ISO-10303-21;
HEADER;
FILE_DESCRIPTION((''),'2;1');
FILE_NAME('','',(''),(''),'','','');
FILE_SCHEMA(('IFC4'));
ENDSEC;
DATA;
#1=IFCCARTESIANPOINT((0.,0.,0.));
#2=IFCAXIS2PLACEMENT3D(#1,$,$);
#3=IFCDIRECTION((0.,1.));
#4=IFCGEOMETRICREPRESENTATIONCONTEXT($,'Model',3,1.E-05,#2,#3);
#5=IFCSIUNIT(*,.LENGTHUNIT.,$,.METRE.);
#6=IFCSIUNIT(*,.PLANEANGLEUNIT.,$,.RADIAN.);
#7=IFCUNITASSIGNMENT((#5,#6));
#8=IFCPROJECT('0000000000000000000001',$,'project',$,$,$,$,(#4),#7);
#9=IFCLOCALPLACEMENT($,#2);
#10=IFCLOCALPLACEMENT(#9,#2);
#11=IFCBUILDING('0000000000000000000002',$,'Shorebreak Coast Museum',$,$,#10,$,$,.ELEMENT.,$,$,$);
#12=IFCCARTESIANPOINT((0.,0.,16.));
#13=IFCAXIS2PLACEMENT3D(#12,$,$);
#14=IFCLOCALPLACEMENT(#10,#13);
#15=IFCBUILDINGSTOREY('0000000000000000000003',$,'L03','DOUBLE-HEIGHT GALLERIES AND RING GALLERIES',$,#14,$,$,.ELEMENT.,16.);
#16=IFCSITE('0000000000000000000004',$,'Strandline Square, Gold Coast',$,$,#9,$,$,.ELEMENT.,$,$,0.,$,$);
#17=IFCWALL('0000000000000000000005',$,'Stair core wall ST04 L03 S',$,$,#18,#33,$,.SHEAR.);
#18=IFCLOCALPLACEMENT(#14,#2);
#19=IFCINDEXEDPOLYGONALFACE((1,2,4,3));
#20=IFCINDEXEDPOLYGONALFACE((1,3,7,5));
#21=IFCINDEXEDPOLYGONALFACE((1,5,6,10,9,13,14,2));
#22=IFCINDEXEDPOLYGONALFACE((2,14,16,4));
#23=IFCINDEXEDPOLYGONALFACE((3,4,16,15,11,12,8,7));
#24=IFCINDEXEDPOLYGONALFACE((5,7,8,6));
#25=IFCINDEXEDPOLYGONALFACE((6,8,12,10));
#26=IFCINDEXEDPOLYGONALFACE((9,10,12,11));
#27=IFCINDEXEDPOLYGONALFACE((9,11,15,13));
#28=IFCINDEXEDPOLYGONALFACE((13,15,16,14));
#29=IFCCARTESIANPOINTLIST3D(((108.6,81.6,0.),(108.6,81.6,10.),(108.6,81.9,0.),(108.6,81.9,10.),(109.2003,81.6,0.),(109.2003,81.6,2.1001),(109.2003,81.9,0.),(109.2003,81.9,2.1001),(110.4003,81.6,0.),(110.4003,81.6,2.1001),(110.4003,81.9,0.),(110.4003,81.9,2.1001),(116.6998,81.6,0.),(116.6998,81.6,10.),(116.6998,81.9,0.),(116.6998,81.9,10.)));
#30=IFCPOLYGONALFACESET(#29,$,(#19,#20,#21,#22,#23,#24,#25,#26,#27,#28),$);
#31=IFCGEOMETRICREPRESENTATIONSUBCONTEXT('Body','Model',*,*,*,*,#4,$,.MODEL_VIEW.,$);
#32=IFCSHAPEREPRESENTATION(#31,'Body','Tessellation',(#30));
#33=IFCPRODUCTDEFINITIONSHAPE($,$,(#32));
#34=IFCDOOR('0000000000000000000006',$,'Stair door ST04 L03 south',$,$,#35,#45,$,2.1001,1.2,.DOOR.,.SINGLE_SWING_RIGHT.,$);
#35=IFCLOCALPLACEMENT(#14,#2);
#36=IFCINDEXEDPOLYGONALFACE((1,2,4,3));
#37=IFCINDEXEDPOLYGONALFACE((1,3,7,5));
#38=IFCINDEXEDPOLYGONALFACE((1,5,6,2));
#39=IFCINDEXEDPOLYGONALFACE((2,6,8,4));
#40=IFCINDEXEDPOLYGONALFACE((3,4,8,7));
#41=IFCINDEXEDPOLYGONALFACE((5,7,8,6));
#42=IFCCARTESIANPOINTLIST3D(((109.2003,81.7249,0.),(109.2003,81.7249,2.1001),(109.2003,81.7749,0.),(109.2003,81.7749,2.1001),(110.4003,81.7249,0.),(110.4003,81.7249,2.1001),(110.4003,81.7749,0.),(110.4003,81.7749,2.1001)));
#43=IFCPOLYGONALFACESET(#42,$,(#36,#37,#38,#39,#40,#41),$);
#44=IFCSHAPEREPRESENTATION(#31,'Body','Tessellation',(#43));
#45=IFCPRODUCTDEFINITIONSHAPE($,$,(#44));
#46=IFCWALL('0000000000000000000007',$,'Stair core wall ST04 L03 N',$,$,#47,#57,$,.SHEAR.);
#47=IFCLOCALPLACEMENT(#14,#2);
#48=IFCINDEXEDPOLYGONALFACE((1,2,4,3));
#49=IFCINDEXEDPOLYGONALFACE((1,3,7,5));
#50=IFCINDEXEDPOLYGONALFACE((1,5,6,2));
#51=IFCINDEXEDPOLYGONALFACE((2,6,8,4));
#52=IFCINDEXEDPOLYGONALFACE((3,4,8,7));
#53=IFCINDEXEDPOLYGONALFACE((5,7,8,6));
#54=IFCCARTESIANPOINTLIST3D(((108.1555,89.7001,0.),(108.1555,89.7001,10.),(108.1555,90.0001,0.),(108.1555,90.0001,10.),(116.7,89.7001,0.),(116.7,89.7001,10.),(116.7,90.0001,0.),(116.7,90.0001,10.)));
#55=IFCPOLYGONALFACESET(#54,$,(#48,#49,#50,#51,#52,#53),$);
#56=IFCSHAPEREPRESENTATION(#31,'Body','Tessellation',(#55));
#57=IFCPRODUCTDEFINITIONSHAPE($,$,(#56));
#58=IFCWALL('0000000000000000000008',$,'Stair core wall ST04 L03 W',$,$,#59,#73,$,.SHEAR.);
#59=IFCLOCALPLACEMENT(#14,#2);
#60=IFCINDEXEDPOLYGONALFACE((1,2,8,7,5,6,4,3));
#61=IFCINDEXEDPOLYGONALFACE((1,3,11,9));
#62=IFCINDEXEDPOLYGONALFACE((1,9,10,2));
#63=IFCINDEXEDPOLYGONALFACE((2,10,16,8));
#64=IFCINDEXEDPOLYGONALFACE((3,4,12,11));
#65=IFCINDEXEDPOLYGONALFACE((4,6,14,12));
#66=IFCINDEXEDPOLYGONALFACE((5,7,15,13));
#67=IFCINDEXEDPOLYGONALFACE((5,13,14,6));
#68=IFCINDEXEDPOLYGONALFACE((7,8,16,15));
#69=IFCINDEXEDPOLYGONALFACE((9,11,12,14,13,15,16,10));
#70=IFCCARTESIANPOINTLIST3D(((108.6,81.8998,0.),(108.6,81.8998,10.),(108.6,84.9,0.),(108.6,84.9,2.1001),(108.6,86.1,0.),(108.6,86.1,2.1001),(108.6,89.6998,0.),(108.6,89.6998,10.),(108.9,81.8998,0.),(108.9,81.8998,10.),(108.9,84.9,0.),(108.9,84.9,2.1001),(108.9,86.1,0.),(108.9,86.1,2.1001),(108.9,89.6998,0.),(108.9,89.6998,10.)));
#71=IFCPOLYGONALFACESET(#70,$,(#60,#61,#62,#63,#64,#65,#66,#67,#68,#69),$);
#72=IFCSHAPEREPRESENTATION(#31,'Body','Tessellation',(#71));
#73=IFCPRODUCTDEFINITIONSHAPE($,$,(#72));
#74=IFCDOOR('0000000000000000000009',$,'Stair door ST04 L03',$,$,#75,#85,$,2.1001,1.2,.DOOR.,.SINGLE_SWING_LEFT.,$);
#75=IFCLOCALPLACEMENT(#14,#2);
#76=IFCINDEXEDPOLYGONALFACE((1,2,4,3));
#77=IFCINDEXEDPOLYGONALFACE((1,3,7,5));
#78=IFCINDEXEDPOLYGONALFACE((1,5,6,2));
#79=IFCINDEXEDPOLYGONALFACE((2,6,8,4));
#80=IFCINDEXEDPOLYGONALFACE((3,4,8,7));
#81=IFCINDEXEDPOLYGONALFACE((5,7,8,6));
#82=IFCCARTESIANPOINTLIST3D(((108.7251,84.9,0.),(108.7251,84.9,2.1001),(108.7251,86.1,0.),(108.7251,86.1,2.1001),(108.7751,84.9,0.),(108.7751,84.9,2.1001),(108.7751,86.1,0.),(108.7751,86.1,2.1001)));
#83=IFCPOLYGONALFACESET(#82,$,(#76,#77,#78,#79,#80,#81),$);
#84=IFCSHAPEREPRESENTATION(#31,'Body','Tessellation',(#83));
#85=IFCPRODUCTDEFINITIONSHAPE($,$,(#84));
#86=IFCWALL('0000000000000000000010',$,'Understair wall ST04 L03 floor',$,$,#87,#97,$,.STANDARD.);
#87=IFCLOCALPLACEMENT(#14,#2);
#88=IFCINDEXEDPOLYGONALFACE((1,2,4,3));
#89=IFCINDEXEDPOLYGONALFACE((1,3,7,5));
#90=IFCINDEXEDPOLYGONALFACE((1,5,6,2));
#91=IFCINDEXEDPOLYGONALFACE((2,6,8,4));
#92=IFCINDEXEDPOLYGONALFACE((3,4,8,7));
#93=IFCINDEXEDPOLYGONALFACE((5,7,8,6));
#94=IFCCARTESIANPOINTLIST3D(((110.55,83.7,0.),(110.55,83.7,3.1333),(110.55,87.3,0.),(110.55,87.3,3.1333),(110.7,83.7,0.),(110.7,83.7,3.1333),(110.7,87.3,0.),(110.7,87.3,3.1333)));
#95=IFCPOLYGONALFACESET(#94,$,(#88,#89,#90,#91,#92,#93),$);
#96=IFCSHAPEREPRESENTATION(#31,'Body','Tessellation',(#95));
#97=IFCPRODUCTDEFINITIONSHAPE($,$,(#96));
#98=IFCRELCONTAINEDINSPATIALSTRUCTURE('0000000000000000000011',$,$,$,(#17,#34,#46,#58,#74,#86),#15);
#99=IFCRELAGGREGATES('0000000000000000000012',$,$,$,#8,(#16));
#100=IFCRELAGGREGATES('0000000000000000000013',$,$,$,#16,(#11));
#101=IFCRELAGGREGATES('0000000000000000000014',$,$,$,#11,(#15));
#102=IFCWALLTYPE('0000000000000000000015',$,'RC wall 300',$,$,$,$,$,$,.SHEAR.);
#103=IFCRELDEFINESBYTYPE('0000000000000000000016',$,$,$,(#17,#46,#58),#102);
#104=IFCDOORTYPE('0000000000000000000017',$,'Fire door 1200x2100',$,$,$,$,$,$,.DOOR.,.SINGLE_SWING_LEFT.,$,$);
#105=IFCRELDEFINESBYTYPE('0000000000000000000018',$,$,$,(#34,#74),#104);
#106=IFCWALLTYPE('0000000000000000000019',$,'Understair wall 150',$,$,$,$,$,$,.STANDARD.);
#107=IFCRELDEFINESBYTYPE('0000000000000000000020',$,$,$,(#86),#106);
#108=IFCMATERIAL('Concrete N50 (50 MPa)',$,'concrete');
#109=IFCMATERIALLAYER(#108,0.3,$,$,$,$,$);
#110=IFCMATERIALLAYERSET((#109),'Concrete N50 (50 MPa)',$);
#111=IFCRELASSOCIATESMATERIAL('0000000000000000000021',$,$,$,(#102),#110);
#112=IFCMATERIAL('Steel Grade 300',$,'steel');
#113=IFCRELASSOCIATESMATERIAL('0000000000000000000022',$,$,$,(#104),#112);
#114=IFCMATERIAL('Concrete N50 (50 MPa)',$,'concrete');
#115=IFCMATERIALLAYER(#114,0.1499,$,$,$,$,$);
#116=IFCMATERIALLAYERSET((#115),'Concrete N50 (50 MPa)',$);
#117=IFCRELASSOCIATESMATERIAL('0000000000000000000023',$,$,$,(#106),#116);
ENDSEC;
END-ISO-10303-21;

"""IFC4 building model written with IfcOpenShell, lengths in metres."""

from ifc_helpers import new_model, si_unit, direction, frame, frame_2d, origin, place, context, subcontext, project, spatial, rectangle, extrude, material, layer, layer_set, type_object, element, fill, save


model = new_model("IFC4")

# Units and contexts
model_context = context("Model", 3, precision=1e-05, world=origin(), true_north=direction((0.0, 1.0)))
body_context = subcontext(model_context, "Body", "Model", "MODEL_VIEW")
ifc_project = project(units=[si_unit("LENGTHUNIT", "METRE"), si_unit("PLANEANGLEUNIT", "RADIAN")], contexts=[model_context])

# Site, building, storey
site_placement = place(None, origin())
site = spatial("IfcSite", under=ifc_project, at=site_placement, Name="Strandline Square, Gold Coast", CompositionType="ELEMENT", RefElevation=0.0)
building_placement = place(site_placement, origin())
building = spatial("IfcBuilding", under=site, at=building_placement, Name="Shorebreak Coast Museum", CompositionType="ELEMENT")
storey_placement = place(building_placement, frame((0.0, 0.0, 16.0)))
storey = spatial("IfcBuildingStorey", under=building, at=storey_placement, Name="L03", Description="DOUBLE-HEIGHT GALLERIES AND RING GALLERIES", CompositionType="ELEMENT", Elevation=16.0)

# Wall, opening, door
ifc_material_1 = material(Name="Concrete N50 (50 MPa)", Category="concrete")
ifc_layer_1 = layer(ifc_material_1, 0.3)
ifc_layer_set_1 = layer_set([ifc_layer_1], Name="Concrete N50 (50 MPa)")
wall_type_1 = type_object("IfcWallType", Name="RC wall 300", PredefinedType="SHEAR", material=ifc_layer_set_1)
wall_1_placement = place(storey_placement, frame((108.6001, 81.75, 0.0), z_axis=(0.0, 0.0, 1.0), x_axis=(1.0, 0.0, 0.0)))
wall_1 = element("IfcWall", 1, at=wall_1_placement, inside=storey, type_object=wall_type_1, Name="Stair core wall ST04 L03 S", PredefinedType="SHEAR", context=body_context, shape_type="SweptSolid", body=[
    extrude(rectangle(XDim=8.0999, YDim=0.3, at=frame_2d((4.0498, 0.0))), origin(), (0.0, 0.0, 1.0), 10.0),
])
opening_1_placement = place(wall_1_placement, frame((0.6001, 0.0, 0.0)))
opening_1 = element("IfcOpeningElement", 2, at=opening_1_placement, cuts=wall_1, PredefinedType="OPENING", context=body_context, shape_type="SweptSolid", body=[
    extrude(rectangle(XDim=1.2, YDim=2.1001, at=frame_2d((0.6001, 1.05))), frame((0.0, 0.1599, 0.0), z_axis=(0.0, -1.0, 0.0), x_axis=(1.0, 0.0, 0.0)), (0.0, 0.0, 1.0), 0.3201),
])
ifc_material_2 = material(Name="Steel Grade 300", Category="steel")
door_type_1 = type_object("IfcDoorType", Name="Fire door 1200x2100", OperationType="SINGLE_SWING_LEFT", PredefinedType="DOOR", material=ifc_material_2)
door_1_placement = place(opening_1_placement, origin())
door_1 = element("IfcDoor", 3, at=door_1_placement, inside=storey, type_object=door_type_1, Name="Stair door ST04 L03 south", OperationType="SINGLE_SWING_RIGHT", OverallHeight=2.1001, OverallWidth=1.2, PredefinedType="DOOR", context=body_context, shape_type="SweptSolid", body=[
    extrude(rectangle(XDim=1.2, YDim=2.1001, at=frame_2d((0.6001, 1.05))), frame((0.0, 0.0249, 0.0), z_axis=(0.0, -1.0, 0.0), x_axis=(1.0, 0.0, 0.0)), (0.0, 0.0, 1.0), 0.05),
])
fill(opening_1, door_1)

# Wall
wall_2_placement = place(storey_placement, frame((108.1555, 89.8501, 0.0), z_axis=(0.0, 0.0, 1.0), x_axis=(1.0, 0.0, 0.0)))
element("IfcWall", 4, at=wall_2_placement, inside=storey, type_object=wall_type_1, Name="Stair core wall ST04 L03 N", PredefinedType="SHEAR", context=body_context, shape_type="SweptSolid", body=[
    extrude(rectangle(XDim=8.5444, YDim=0.3, at=frame_2d((4.2722, 0.0))), origin(), (0.0, 0.0, 1.0), 10.0),
])

# Wall, opening, door
wall_3_placement = place(storey_placement, frame((108.75, 81.8999, 0.0), z_axis=(0.0, 0.0, 1.0), x_axis=(0.0, 1.0, 0.0)))
wall_3 = element("IfcWall", 5, at=wall_3_placement, inside=storey, type_object=wall_type_1, Name="Stair core wall ST04 L03 W", PredefinedType="SHEAR", context=body_context, shape_type="SweptSolid", body=[
    extrude(rectangle(XDim=7.8, YDim=0.3, at=frame_2d((3.8999, 0.0))), origin(), (0.0, 0.0, 1.0), 10.0),
])
opening_2_placement = place(wall_3_placement, frame((3.0, 0.0, 0.0)))
opening_2 = element("IfcOpeningElement", 6, at=opening_2_placement, cuts=wall_3, PredefinedType="OPENING", context=body_context, shape_type="SweptSolid", body=[
    extrude(rectangle(XDim=1.2, YDim=2.1001, at=frame_2d((0.6001, 1.05))), frame((0.0, 0.1599, 0.0), z_axis=(0.0, -1.0, 0.0), x_axis=(1.0, 0.0, 0.0)), (0.0, 0.0, 1.0), 0.3201),
])
door_2_placement = place(opening_2_placement, origin())
door_2 = element("IfcDoor", 7, at=door_2_placement, inside=storey, type_object=door_type_1, Name="Stair door ST04 L03", OperationType="SINGLE_SWING_LEFT", OverallHeight=2.1001, OverallWidth=1.2, PredefinedType="DOOR", context=body_context, shape_type="SweptSolid", body=[
    extrude(rectangle(XDim=1.2, YDim=2.1001, at=frame_2d((0.6001, 1.05))), frame((0.0, 0.0249, 0.0), z_axis=(0.0, -1.0, 0.0), x_axis=(1.0, 0.0, 0.0)), (0.0, 0.0, 1.0), 0.05),
])
fill(opening_2, door_2)

# Wall
ifc_material_3 = material(Name="Concrete N50 (50 MPa)", Category="concrete")
ifc_layer_2 = layer(ifc_material_3, 0.1499)
ifc_layer_set_2 = layer_set([ifc_layer_2], Name="Concrete N50 (50 MPa)")
wall_type_2 = type_object("IfcWallType", Name="Understair wall 150", PredefinedType="STANDARD", material=ifc_layer_set_2)
wall_4_placement = place(storey_placement, frame((110.625, 83.7, 0.0), z_axis=(0.0, 0.0, 1.0), x_axis=(0.0, 1.0, 0.0)))
element("IfcWall", 8, at=wall_4_placement, inside=storey, type_object=wall_type_2, Name="Understair wall ST04 L03 floor", PredefinedType="STANDARD", context=body_context, shape_type="SweptSolid", body=[
    extrude(rectangle(XDim=3.6001, YDim=0.1499, at=frame_2d((1.8, 0.0))), origin(), (0.0, 0.0, 1.0), 3.1333),
])

save(model, "model.ifc")
